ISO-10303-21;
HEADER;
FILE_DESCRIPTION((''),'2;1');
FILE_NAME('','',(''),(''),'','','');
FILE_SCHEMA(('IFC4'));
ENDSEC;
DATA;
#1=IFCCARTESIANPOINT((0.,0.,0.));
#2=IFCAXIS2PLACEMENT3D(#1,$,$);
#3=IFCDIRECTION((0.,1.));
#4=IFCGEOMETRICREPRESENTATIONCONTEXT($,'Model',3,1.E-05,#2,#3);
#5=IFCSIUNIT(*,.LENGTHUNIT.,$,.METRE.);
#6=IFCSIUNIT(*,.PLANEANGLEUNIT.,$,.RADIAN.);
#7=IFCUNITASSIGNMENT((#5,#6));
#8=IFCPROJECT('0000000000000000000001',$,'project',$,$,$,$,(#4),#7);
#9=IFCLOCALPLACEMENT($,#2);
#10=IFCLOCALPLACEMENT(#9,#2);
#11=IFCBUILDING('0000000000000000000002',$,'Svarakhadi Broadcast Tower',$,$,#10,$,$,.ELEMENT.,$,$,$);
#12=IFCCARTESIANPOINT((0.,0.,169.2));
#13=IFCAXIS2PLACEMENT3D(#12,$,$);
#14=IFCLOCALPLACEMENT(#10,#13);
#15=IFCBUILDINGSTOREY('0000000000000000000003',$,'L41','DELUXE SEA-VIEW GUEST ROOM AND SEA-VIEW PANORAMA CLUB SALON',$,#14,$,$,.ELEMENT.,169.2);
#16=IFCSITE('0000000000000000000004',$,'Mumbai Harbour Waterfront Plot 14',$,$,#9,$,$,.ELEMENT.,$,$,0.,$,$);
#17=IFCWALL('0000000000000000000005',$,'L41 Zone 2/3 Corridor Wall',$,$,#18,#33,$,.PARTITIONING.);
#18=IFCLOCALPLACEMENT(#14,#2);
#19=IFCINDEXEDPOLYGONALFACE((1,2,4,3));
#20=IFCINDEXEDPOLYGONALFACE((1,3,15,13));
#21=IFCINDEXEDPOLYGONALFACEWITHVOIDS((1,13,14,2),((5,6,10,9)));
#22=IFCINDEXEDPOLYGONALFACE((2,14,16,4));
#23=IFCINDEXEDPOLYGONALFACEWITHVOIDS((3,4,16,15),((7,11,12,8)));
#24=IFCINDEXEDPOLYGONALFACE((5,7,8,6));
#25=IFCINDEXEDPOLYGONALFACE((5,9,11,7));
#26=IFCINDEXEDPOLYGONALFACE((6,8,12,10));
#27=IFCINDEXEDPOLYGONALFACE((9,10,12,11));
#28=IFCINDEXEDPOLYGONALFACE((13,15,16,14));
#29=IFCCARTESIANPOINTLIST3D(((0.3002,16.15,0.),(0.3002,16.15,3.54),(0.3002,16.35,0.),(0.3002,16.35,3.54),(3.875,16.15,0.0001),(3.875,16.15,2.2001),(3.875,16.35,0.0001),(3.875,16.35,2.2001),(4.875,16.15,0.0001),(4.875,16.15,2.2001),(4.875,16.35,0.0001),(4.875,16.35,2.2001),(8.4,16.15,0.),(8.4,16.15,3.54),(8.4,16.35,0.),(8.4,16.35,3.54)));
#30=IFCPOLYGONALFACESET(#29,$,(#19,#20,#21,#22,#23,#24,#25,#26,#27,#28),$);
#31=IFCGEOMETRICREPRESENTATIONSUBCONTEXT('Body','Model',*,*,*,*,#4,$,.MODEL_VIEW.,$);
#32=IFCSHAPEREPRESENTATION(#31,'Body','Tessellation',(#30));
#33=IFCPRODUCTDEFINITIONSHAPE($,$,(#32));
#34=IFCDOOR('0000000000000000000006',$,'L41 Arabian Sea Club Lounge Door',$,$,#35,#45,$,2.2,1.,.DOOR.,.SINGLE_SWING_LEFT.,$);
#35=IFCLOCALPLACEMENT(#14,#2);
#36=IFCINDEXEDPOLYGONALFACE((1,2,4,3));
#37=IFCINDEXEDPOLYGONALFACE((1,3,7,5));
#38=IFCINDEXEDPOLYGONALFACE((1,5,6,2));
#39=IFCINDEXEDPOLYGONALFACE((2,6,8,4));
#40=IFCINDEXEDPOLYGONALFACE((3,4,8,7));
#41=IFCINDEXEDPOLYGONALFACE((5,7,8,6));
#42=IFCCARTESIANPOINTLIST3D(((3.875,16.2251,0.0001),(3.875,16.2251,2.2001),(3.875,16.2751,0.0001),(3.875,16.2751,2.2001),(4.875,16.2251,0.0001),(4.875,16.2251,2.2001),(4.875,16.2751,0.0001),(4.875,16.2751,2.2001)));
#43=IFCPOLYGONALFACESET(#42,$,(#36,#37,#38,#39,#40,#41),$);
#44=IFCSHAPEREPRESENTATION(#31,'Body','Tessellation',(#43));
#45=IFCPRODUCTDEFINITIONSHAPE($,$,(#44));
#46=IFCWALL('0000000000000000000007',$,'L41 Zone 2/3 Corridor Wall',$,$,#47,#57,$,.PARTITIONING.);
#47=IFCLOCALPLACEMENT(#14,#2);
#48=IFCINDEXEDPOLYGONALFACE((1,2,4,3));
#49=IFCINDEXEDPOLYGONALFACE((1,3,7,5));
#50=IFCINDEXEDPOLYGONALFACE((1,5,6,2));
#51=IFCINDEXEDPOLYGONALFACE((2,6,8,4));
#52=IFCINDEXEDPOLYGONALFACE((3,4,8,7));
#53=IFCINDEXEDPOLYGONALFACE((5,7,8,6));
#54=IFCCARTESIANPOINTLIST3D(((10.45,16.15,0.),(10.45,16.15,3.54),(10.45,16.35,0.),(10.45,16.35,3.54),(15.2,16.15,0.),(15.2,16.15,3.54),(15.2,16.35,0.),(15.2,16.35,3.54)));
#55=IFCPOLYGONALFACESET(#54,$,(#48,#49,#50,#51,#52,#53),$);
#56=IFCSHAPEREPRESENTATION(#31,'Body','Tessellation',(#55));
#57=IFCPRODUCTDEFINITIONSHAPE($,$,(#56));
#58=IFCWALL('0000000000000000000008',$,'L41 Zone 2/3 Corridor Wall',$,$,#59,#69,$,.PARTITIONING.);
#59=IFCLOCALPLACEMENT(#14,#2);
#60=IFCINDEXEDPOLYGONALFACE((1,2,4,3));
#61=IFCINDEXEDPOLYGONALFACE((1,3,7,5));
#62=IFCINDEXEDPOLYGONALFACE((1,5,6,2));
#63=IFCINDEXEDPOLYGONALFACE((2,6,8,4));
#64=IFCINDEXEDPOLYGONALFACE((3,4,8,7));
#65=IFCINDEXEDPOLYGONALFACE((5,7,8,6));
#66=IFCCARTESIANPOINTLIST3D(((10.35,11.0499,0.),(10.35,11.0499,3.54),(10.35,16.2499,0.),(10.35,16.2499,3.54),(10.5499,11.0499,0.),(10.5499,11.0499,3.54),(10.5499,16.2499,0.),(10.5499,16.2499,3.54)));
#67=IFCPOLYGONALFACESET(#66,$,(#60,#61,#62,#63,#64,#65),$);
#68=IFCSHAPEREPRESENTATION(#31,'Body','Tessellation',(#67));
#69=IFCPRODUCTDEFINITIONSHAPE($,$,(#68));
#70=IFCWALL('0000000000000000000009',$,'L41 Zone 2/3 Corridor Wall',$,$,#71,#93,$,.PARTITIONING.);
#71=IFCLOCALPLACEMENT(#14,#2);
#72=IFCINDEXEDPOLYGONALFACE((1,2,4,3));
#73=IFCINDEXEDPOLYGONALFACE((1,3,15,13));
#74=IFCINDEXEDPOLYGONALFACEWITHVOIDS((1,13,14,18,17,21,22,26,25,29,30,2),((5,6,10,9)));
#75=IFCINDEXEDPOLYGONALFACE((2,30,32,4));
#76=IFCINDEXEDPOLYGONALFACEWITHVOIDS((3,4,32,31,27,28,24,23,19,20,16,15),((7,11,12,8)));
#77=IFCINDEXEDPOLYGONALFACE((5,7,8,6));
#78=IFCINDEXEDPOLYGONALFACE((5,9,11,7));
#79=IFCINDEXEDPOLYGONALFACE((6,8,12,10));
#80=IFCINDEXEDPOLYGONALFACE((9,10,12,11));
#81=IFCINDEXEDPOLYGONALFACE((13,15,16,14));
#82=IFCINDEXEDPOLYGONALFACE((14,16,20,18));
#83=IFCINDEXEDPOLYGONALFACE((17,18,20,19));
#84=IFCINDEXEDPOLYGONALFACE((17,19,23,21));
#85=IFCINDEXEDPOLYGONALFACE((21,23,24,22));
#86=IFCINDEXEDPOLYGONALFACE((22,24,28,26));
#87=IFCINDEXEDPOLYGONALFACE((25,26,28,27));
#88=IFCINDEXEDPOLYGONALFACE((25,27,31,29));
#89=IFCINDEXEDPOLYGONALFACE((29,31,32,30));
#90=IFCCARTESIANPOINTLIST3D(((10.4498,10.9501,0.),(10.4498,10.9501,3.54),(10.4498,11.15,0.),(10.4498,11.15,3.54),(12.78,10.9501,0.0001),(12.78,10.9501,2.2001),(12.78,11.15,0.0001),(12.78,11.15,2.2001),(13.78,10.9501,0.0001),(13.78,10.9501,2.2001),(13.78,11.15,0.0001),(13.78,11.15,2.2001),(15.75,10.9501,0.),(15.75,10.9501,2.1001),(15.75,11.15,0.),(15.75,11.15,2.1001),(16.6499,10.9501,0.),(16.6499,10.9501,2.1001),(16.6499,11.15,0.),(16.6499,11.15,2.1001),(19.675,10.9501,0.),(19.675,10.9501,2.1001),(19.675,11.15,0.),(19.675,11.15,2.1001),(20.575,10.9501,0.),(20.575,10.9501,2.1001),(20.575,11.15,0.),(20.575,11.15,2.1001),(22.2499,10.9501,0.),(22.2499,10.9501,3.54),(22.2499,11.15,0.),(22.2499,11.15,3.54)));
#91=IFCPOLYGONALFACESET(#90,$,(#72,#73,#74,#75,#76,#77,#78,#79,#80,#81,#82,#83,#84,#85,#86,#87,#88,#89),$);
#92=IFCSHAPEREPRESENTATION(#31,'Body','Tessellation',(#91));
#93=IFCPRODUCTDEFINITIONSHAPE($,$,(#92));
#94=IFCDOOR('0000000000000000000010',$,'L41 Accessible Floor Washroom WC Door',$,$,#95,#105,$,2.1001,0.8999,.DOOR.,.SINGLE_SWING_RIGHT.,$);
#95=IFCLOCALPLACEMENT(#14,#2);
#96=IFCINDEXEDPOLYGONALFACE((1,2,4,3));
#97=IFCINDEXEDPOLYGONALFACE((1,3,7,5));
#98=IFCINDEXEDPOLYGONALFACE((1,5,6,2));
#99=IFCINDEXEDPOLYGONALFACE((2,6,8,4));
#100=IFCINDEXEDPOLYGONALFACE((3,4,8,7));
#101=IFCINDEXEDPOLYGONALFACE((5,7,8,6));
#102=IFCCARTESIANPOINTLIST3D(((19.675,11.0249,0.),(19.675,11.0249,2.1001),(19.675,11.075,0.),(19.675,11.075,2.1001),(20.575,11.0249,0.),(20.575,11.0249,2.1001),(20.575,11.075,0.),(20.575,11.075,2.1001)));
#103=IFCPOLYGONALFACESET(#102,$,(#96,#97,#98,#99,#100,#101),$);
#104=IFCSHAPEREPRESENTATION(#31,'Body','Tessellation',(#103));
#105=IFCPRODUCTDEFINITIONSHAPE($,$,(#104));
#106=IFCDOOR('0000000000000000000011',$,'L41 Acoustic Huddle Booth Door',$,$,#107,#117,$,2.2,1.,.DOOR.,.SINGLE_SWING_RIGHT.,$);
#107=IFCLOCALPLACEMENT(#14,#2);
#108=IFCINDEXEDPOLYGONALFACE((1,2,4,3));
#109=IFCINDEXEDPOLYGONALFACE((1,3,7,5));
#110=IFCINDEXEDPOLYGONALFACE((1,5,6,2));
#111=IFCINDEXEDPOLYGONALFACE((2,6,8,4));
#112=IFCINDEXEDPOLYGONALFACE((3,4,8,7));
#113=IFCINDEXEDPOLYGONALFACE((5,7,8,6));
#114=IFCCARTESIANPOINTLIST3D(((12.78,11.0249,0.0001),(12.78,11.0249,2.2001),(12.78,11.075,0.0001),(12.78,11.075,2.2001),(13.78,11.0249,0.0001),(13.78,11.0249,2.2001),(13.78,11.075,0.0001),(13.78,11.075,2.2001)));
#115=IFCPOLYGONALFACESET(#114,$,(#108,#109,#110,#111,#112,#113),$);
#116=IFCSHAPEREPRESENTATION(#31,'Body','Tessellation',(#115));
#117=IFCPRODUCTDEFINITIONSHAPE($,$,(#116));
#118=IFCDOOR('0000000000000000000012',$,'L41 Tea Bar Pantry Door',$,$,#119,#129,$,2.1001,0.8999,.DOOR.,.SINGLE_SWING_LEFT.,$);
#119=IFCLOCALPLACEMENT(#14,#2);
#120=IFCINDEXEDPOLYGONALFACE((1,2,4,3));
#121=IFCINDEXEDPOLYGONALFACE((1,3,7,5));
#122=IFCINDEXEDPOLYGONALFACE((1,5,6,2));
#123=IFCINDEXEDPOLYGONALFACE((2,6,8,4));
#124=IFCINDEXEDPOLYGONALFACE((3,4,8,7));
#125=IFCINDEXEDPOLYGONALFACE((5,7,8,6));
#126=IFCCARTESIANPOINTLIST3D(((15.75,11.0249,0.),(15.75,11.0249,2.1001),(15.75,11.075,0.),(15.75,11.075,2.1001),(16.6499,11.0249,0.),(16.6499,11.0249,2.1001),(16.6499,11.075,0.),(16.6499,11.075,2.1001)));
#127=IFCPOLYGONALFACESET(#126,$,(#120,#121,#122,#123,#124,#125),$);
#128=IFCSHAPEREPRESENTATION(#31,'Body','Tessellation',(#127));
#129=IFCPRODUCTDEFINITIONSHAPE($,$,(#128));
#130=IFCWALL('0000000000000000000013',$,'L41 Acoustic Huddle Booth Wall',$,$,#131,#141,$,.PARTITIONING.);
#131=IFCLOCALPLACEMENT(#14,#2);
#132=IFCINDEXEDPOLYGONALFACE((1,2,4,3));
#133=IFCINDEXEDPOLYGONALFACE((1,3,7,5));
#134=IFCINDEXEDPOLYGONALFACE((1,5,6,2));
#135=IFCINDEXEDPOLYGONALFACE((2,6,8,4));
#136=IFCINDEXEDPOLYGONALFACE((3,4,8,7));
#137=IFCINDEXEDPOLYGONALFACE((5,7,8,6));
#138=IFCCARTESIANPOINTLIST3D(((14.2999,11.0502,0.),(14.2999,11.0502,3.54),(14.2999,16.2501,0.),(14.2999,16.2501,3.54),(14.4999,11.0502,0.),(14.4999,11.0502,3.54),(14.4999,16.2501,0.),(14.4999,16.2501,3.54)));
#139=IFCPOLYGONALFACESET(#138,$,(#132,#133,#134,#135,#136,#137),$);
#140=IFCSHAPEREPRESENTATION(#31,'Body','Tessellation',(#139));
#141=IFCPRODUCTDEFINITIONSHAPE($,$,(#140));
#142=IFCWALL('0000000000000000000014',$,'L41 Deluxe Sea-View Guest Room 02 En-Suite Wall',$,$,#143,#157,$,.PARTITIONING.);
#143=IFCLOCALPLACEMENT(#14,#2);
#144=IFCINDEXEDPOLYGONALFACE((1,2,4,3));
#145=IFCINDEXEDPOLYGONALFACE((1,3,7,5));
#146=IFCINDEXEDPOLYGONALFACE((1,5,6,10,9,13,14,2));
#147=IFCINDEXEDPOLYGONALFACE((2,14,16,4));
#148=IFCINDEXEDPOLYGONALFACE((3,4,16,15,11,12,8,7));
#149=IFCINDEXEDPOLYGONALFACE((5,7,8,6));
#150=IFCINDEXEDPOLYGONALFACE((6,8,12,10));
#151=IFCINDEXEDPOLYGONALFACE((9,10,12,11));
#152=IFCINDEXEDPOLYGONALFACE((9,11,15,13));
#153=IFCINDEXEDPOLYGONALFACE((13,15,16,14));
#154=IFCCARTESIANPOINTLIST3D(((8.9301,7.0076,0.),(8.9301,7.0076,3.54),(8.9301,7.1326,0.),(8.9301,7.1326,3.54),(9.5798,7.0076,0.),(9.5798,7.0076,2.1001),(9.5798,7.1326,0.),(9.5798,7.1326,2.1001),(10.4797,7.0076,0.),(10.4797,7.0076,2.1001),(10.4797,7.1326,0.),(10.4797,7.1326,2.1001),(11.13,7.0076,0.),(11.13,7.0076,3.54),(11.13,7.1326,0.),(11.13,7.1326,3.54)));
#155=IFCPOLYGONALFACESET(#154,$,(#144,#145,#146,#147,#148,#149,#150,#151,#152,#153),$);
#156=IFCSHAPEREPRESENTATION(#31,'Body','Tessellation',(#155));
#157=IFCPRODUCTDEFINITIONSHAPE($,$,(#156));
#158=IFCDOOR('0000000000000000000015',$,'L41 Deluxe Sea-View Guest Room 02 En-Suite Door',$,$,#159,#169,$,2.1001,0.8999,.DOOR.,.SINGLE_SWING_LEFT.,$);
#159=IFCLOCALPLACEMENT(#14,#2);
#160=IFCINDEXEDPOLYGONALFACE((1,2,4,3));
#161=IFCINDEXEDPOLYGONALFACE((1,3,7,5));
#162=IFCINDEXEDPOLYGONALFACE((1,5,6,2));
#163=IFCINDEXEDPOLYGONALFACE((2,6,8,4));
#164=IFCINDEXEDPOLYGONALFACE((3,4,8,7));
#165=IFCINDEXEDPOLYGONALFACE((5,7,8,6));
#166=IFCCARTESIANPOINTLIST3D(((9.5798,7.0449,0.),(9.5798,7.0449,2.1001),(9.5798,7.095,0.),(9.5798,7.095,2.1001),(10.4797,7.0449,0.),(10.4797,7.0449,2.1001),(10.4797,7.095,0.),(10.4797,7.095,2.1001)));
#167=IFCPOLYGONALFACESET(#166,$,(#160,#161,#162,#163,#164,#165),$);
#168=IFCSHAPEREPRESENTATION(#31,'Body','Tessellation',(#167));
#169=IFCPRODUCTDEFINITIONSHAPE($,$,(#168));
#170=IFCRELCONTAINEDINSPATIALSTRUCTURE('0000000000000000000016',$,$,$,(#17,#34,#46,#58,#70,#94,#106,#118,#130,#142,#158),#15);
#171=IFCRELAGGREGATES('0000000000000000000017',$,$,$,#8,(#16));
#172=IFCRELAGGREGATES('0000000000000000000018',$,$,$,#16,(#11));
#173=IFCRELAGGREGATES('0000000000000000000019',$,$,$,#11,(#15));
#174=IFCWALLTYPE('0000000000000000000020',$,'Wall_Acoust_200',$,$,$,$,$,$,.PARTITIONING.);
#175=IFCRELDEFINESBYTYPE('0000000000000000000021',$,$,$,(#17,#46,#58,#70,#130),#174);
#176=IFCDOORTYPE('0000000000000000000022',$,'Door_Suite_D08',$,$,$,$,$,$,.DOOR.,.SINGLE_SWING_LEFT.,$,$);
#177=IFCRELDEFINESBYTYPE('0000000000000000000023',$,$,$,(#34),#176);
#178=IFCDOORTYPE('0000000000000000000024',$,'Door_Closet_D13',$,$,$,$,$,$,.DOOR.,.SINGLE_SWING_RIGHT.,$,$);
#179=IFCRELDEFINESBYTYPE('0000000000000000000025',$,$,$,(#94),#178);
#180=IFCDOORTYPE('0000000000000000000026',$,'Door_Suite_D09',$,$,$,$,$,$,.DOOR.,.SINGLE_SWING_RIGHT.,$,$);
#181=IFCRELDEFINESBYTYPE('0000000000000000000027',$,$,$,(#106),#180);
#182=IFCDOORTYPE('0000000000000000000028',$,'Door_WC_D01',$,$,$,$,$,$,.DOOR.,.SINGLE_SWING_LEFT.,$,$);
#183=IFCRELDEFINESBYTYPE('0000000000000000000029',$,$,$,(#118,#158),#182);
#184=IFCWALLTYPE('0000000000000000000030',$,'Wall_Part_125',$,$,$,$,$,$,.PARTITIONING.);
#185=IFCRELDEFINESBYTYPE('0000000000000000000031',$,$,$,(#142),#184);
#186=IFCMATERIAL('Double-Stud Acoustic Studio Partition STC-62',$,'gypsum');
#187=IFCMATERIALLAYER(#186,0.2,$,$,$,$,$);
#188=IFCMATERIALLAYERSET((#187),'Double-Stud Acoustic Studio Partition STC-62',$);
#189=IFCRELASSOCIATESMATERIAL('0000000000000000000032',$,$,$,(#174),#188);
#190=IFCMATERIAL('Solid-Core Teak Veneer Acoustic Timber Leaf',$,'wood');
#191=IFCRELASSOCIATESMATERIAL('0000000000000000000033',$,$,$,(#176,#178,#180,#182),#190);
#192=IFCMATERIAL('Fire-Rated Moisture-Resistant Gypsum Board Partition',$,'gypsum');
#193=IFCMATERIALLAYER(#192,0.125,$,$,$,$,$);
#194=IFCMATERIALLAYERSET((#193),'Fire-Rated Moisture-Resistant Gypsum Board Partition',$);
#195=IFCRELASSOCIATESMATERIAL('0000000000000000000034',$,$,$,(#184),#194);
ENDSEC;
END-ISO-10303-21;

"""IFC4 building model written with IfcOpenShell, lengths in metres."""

from ifc_helpers import new_model, si_unit, direction, frame, frame_2d, origin, place, context, subcontext, project, spatial, rectangle, extrude, material, layer, layer_set, type_object, element, fill, save


model = new_model("IFC4")

# Units and contexts
model_context = context("Model", 3, precision=1e-05, world=origin(), true_north=direction((0.0, 1.0)))
body_context = subcontext(model_context, "Body", "Model", "MODEL_VIEW")
ifc_project = project(units=[si_unit("LENGTHUNIT", "METRE"), si_unit("PLANEANGLEUNIT", "RADIAN")], contexts=[model_context])

# Site, building, storey
site_placement = place(None, origin())
site = spatial("IfcSite", under=ifc_project, at=site_placement, Name="Mumbai Harbour Waterfront Plot 14", CompositionType="ELEMENT", RefElevation=0.0)
building_placement = place(site_placement, origin())
building = spatial("IfcBuilding", under=site, at=building_placement, Name="Svarakhadi Broadcast Tower", CompositionType="ELEMENT")
storey_placement = place(building_placement, frame((0.0, 0.0, 169.2)))
storey = spatial("IfcBuildingStorey", under=building, at=storey_placement, Name="L41", Description="DELUXE SEA-VIEW GUEST ROOM AND SEA-VIEW PANORAMA CLUB SALON", CompositionType="ELEMENT", Elevation=169.2)

# Shared definitions
ifc_material_1 = material(Name="Double-Stud Acoustic Studio Partition STC-62", Category="gypsum")
ifc_layer_1 = layer(ifc_material_1, 0.2)
ifc_layer_set_1 = layer_set([ifc_layer_1], Name="Double-Stud Acoustic Studio Partition STC-62")
wall_type_1 = type_object("IfcWallType", Name="Wall_Acoust_200", PredefinedType="PARTITIONING", material=ifc_layer_set_1)

# Wall, opening, door
wall_1_placement = place(storey_placement, frame((8.3999, 16.25, 0.0), z_axis=(0.0, 0.0, 1.0), x_axis=(-1.0, 0.0, 0.0)))
wall_1 = element("IfcWall", 1, at=wall_1_placement, inside=storey, type_object=wall_type_1, Name="L41 Zone 2/3 Corridor Wall", PredefinedType="PARTITIONING", context=body_context, shape_type="SweptSolid", body=[
    extrude(rectangle(XDim=8.0999, YDim=0.2, at=frame_2d((4.0498, 0.0))), origin(), (0.0, 0.0, 1.0), 3.54),
])
opening_1_placement = place(wall_1_placement, frame((3.5249, 0.0, 0.0)))
opening_1 = element("IfcOpeningElement", 2, at=opening_1_placement, cuts=wall_1, PredefinedType="OPENING", context=body_context, shape_type="SweptSolid", body=[
    extrude(rectangle(XDim=1.0, YDim=2.2, at=frame_2d((0.5, 1.1001))), frame((0.0, 0.1099, 0.0), z_axis=(0.0, -1.0, 0.0), x_axis=(1.0, 0.0, 0.0)), (0.0, 0.0, 1.0), 0.22),
])
ifc_material_2 = material(Name="Solid-Core Teak Veneer Acoustic Timber Leaf", Category="wood")
door_type_1 = type_object("IfcDoorType", Name="Door_Suite_D08", OperationType="SINGLE_SWING_LEFT", PredefinedType="DOOR", material=ifc_material_2)
door_1_placement = place(opening_1_placement, origin())
door_1 = element("IfcDoor", 3, at=door_1_placement, inside=storey, type_object=door_type_1, Name="L41 Arabian Sea Club Lounge Door", OperationType="SINGLE_SWING_LEFT", OverallHeight=2.2, OverallWidth=1.0, PredefinedType="DOOR", context=body_context, shape_type="SweptSolid", body=[
    extrude(rectangle(XDim=1.0, YDim=2.2, at=frame_2d((0.5, 1.1001))), frame((0.0, 0.0249, 0.0), z_axis=(0.0, -1.0, 0.0), x_axis=(1.0, 0.0, 0.0)), (0.0, 0.0, 1.0), 0.05),
])
fill(opening_1, door_1)

# Walls
wall_2_placement = place(storey_placement, frame((15.2, 16.25, 0.0), z_axis=(0.0, 0.0, 1.0), x_axis=(-1.0, 0.0, 0.0)))
element("IfcWall", 4, at=wall_2_placement, inside=storey, type_object=wall_type_1, Name="L41 Zone 2/3 Corridor Wall", PredefinedType="PARTITIONING", context=body_context, shape_type="SweptSolid", body=[
    extrude(rectangle(XDim=4.75, YDim=0.2, at=frame_2d((2.375, 0.0))), origin(), (0.0, 0.0, 1.0), 3.54),
])
wall_3_placement = place(storey_placement, frame((10.45, 16.25, 0.0), z_axis=(0.0, 0.0, 1.0), x_axis=(0.0, -1.0, 0.0)))
element("IfcWall", 5, at=wall_3_placement, inside=storey, type_object=wall_type_1, Name="L41 Zone 2/3 Corridor Wall", PredefinedType="PARTITIONING", context=body_context, shape_type="SweptSolid", body=[
    extrude(rectangle(XDim=5.2, YDim=0.2, at=frame_2d((2.6001, 0.0))), origin(), (0.0, 0.0, 1.0), 3.54),
])

# Wall, openings, doors
wall_4_placement = place(storey_placement, frame((10.45, 11.05, 0.0), z_axis=(0.0, 0.0, 1.0), x_axis=(1.0, 0.0, 0.0)))
wall_4 = element("IfcWall", 6, at=wall_4_placement, inside=storey, type_object=wall_type_1, Name="L41 Zone 2/3 Corridor Wall", PredefinedType="PARTITIONING", context=body_context, shape_type="SweptSolid", body=[
    extrude(rectangle(XDim=11.8, YDim=0.2, at=frame_2d((5.8999, 0.0))), origin(), (0.0, 0.0, 1.0), 3.54),
])
opening_2_placement = place(wall_4_placement, frame((2.3301, 0.0, 0.0)))
opening_2 = element("IfcOpeningElement", 7, at=opening_2_placement, cuts=wall_4, PredefinedType="OPENING", context=body_context, shape_type="SweptSolid", body=[
    extrude(rectangle(XDim=1.0, YDim=2.2, at=frame_2d((0.5, 1.1001))), frame((0.0, 0.1099, 0.0), z_axis=(0.0, -1.0, 0.0), x_axis=(1.0, 0.0, 0.0)), (0.0, 0.0, 1.0), 0.22),
])
opening_3_placement = place(wall_4_placement, frame((5.3, 0.0, 0.0)))
opening_3 = element("IfcOpeningElement", 8, at=opening_3_placement, cuts=wall_4, PredefinedType="OPENING", context=body_context, shape_type="SweptSolid", body=[
    extrude(rectangle(XDim=0.8999, YDim=2.1001, at=frame_2d((0.45, 1.05))), frame((0.0, 0.1099, 0.0), z_axis=(0.0, -1.0, 0.0), x_axis=(1.0, 0.0, 0.0)), (0.0, 0.0, 1.0), 0.22),
])
opening_4_placement = place(wall_4_placement, frame((9.2251, 0.0, 0.0)))
opening_4 = element("IfcOpeningElement", 9, at=opening_4_placement, cuts=wall_4, PredefinedType="OPENING", context=body_context, shape_type="SweptSolid", body=[
    extrude(rectangle(XDim=0.8999, YDim=2.1001, at=frame_2d((0.45, 1.05))), frame((0.0, 0.1099, 0.0), z_axis=(0.0, -1.0, 0.0), x_axis=(1.0, 0.0, 0.0)), (0.0, 0.0, 1.0), 0.22),
])
door_type_2 = type_object("IfcDoorType", Name="Door_Closet_D13", OperationType="SINGLE_SWING_RIGHT", PredefinedType="DOOR", material=ifc_material_2)
door_2_placement = place(opening_4_placement, origin())
door_2 = element("IfcDoor", 10, at=door_2_placement, inside=storey, type_object=door_type_2, Name="L41 Accessible Floor Washroom WC Door", OperationType="SINGLE_SWING_RIGHT", OverallHeight=2.1001, OverallWidth=0.8999, PredefinedType="DOOR", context=body_context, shape_type="SweptSolid", body=[
    extrude(rectangle(XDim=0.8999, YDim=2.1001, at=frame_2d((0.45, 1.05))), frame((0.0, 0.0249, 0.0), z_axis=(0.0, -1.0, 0.0), x_axis=(1.0, 0.0, 0.0)), (0.0, 0.0, 1.0), 0.05),
])
fill(opening_4, door_2)
door_type_3 = type_object("IfcDoorType", Name="Door_Suite_D09", OperationType="SINGLE_SWING_RIGHT", PredefinedType="DOOR", material=ifc_material_2)
door_3_placement = place(opening_2_placement, origin())
door_3 = element("IfcDoor", 11, at=door_3_placement, inside=storey, type_object=door_type_3, Name="L41 Acoustic Huddle Booth Door", OperationType="SINGLE_SWING_RIGHT", OverallHeight=2.2, OverallWidth=1.0, PredefinedType="DOOR", context=body_context, shape_type="SweptSolid", body=[
    extrude(rectangle(XDim=1.0, YDim=2.2, at=frame_2d((0.5, 1.1001))), frame((0.0, 0.0249, 0.0), z_axis=(0.0, -1.0, 0.0), x_axis=(1.0, 0.0, 0.0)), (0.0, 0.0, 1.0), 0.05),
])
fill(opening_2, door_3)
door_type_4 = type_object("IfcDoorType", Name="Door_WC_D01", OperationType="SINGLE_SWING_LEFT", PredefinedType="DOOR", material=ifc_material_2)
door_4_placement = place(opening_3_placement, origin())
door_4 = element("IfcDoor", 12, at=door_4_placement, inside=storey, type_object=door_type_4, Name="L41 Tea Bar Pantry Door", OperationType="SINGLE_SWING_LEFT", OverallHeight=2.1001, OverallWidth=0.8999, PredefinedType="DOOR", context=body_context, shape_type="SweptSolid", body=[
    extrude(rectangle(XDim=0.8999, YDim=2.1001, at=frame_2d((0.45, 1.05))), frame((0.0, 0.0249, 0.0), z_axis=(0.0, -1.0, 0.0), x_axis=(1.0, 0.0, 0.0)), (0.0, 0.0, 1.0), 0.05),
])
fill(opening_3, door_4)

# Wall
wall_5_placement = place(storey_placement, frame((14.3999, 11.05, 0.0), z_axis=(0.0, 0.0, 1.0), x_axis=(0.0, 1.0, 0.0)))
element("IfcWall", 13, at=wall_5_placement, inside=storey, type_object=wall_type_1, Name="L41 Acoustic Huddle Booth Wall", PredefinedType="PARTITIONING", context=body_context, shape_type="SweptSolid", body=[
    extrude(rectangle(XDim=5.2, YDim=0.2, at=frame_2d((2.6001, 0.0))), origin(), (0.0, 0.0, 1.0), 3.54),
])

# Wall, opening, door
ifc_material_3 = material(Name="Fire-Rated Moisture-Resistant Gypsum Board Partition", Category="gypsum")
ifc_layer_2 = layer(ifc_material_3, 0.125)
ifc_layer_set_2 = layer_set([ifc_layer_2], Name="Fire-Rated Moisture-Resistant Gypsum Board Partition")
wall_type_2 = type_object("IfcWallType", Name="Wall_Part_125", PredefinedType="PARTITIONING", material=ifc_layer_set_2)
wall_6_placement = place(storey_placement, frame((8.9299, 7.0701, 0.0), z_axis=(0.0, 0.0, 1.0), x_axis=(1.0, 0.0, 0.0)))
wall_6 = element("IfcWall", 14, at=wall_6_placement, inside=storey, type_object=wall_type_2, Name="L41 Deluxe Sea-View Guest Room 02 En-Suite Wall", PredefinedType="PARTITIONING", context=body_context, shape_type="SweptSolid", body=[
    extrude(rectangle(XDim=2.2, YDim=0.125, at=frame_2d((1.1001, 0.0))), origin(), (0.0, 0.0, 1.0), 3.54),
])
opening_5_placement = place(wall_6_placement, frame((0.6499, 0.0, 0.0)))
opening_5 = element("IfcOpeningElement", 15, at=opening_5_placement, cuts=wall_6, PredefinedType="OPENING", context=body_context, shape_type="SweptSolid", body=[
    extrude(rectangle(XDim=0.8999, YDim=2.1001, at=frame_2d((0.45, 1.05))), frame((0.0, 0.0725, 0.0), z_axis=(0.0, -1.0, 0.0), x_axis=(1.0, 0.0, 0.0)), (0.0, 0.0, 1.0), 0.145),
])
door_5_placement = place(opening_5_placement, origin())
door_5 = element("IfcDoor", 16, at=door_5_placement, inside=storey, type_object=door_type_4, Name="L41 Deluxe Sea-View Guest Room 02 En-Suite Door", OperationType="SINGLE_SWING_LEFT", OverallHeight=2.1001, OverallWidth=0.8999, PredefinedType="DOOR", context=body_context, shape_type="SweptSolid", body=[
    extrude(rectangle(XDim=0.8999, YDim=2.1001, at=frame_2d((0.45, 1.05))), frame((0.0, 0.0249, 0.0), z_axis=(0.0, -1.0, 0.0), x_axis=(1.0, 0.0, 0.0)), (0.0, 0.0, 1.0), 0.05),
])
fill(opening_5, door_5)

save(model, "model.ifc")
